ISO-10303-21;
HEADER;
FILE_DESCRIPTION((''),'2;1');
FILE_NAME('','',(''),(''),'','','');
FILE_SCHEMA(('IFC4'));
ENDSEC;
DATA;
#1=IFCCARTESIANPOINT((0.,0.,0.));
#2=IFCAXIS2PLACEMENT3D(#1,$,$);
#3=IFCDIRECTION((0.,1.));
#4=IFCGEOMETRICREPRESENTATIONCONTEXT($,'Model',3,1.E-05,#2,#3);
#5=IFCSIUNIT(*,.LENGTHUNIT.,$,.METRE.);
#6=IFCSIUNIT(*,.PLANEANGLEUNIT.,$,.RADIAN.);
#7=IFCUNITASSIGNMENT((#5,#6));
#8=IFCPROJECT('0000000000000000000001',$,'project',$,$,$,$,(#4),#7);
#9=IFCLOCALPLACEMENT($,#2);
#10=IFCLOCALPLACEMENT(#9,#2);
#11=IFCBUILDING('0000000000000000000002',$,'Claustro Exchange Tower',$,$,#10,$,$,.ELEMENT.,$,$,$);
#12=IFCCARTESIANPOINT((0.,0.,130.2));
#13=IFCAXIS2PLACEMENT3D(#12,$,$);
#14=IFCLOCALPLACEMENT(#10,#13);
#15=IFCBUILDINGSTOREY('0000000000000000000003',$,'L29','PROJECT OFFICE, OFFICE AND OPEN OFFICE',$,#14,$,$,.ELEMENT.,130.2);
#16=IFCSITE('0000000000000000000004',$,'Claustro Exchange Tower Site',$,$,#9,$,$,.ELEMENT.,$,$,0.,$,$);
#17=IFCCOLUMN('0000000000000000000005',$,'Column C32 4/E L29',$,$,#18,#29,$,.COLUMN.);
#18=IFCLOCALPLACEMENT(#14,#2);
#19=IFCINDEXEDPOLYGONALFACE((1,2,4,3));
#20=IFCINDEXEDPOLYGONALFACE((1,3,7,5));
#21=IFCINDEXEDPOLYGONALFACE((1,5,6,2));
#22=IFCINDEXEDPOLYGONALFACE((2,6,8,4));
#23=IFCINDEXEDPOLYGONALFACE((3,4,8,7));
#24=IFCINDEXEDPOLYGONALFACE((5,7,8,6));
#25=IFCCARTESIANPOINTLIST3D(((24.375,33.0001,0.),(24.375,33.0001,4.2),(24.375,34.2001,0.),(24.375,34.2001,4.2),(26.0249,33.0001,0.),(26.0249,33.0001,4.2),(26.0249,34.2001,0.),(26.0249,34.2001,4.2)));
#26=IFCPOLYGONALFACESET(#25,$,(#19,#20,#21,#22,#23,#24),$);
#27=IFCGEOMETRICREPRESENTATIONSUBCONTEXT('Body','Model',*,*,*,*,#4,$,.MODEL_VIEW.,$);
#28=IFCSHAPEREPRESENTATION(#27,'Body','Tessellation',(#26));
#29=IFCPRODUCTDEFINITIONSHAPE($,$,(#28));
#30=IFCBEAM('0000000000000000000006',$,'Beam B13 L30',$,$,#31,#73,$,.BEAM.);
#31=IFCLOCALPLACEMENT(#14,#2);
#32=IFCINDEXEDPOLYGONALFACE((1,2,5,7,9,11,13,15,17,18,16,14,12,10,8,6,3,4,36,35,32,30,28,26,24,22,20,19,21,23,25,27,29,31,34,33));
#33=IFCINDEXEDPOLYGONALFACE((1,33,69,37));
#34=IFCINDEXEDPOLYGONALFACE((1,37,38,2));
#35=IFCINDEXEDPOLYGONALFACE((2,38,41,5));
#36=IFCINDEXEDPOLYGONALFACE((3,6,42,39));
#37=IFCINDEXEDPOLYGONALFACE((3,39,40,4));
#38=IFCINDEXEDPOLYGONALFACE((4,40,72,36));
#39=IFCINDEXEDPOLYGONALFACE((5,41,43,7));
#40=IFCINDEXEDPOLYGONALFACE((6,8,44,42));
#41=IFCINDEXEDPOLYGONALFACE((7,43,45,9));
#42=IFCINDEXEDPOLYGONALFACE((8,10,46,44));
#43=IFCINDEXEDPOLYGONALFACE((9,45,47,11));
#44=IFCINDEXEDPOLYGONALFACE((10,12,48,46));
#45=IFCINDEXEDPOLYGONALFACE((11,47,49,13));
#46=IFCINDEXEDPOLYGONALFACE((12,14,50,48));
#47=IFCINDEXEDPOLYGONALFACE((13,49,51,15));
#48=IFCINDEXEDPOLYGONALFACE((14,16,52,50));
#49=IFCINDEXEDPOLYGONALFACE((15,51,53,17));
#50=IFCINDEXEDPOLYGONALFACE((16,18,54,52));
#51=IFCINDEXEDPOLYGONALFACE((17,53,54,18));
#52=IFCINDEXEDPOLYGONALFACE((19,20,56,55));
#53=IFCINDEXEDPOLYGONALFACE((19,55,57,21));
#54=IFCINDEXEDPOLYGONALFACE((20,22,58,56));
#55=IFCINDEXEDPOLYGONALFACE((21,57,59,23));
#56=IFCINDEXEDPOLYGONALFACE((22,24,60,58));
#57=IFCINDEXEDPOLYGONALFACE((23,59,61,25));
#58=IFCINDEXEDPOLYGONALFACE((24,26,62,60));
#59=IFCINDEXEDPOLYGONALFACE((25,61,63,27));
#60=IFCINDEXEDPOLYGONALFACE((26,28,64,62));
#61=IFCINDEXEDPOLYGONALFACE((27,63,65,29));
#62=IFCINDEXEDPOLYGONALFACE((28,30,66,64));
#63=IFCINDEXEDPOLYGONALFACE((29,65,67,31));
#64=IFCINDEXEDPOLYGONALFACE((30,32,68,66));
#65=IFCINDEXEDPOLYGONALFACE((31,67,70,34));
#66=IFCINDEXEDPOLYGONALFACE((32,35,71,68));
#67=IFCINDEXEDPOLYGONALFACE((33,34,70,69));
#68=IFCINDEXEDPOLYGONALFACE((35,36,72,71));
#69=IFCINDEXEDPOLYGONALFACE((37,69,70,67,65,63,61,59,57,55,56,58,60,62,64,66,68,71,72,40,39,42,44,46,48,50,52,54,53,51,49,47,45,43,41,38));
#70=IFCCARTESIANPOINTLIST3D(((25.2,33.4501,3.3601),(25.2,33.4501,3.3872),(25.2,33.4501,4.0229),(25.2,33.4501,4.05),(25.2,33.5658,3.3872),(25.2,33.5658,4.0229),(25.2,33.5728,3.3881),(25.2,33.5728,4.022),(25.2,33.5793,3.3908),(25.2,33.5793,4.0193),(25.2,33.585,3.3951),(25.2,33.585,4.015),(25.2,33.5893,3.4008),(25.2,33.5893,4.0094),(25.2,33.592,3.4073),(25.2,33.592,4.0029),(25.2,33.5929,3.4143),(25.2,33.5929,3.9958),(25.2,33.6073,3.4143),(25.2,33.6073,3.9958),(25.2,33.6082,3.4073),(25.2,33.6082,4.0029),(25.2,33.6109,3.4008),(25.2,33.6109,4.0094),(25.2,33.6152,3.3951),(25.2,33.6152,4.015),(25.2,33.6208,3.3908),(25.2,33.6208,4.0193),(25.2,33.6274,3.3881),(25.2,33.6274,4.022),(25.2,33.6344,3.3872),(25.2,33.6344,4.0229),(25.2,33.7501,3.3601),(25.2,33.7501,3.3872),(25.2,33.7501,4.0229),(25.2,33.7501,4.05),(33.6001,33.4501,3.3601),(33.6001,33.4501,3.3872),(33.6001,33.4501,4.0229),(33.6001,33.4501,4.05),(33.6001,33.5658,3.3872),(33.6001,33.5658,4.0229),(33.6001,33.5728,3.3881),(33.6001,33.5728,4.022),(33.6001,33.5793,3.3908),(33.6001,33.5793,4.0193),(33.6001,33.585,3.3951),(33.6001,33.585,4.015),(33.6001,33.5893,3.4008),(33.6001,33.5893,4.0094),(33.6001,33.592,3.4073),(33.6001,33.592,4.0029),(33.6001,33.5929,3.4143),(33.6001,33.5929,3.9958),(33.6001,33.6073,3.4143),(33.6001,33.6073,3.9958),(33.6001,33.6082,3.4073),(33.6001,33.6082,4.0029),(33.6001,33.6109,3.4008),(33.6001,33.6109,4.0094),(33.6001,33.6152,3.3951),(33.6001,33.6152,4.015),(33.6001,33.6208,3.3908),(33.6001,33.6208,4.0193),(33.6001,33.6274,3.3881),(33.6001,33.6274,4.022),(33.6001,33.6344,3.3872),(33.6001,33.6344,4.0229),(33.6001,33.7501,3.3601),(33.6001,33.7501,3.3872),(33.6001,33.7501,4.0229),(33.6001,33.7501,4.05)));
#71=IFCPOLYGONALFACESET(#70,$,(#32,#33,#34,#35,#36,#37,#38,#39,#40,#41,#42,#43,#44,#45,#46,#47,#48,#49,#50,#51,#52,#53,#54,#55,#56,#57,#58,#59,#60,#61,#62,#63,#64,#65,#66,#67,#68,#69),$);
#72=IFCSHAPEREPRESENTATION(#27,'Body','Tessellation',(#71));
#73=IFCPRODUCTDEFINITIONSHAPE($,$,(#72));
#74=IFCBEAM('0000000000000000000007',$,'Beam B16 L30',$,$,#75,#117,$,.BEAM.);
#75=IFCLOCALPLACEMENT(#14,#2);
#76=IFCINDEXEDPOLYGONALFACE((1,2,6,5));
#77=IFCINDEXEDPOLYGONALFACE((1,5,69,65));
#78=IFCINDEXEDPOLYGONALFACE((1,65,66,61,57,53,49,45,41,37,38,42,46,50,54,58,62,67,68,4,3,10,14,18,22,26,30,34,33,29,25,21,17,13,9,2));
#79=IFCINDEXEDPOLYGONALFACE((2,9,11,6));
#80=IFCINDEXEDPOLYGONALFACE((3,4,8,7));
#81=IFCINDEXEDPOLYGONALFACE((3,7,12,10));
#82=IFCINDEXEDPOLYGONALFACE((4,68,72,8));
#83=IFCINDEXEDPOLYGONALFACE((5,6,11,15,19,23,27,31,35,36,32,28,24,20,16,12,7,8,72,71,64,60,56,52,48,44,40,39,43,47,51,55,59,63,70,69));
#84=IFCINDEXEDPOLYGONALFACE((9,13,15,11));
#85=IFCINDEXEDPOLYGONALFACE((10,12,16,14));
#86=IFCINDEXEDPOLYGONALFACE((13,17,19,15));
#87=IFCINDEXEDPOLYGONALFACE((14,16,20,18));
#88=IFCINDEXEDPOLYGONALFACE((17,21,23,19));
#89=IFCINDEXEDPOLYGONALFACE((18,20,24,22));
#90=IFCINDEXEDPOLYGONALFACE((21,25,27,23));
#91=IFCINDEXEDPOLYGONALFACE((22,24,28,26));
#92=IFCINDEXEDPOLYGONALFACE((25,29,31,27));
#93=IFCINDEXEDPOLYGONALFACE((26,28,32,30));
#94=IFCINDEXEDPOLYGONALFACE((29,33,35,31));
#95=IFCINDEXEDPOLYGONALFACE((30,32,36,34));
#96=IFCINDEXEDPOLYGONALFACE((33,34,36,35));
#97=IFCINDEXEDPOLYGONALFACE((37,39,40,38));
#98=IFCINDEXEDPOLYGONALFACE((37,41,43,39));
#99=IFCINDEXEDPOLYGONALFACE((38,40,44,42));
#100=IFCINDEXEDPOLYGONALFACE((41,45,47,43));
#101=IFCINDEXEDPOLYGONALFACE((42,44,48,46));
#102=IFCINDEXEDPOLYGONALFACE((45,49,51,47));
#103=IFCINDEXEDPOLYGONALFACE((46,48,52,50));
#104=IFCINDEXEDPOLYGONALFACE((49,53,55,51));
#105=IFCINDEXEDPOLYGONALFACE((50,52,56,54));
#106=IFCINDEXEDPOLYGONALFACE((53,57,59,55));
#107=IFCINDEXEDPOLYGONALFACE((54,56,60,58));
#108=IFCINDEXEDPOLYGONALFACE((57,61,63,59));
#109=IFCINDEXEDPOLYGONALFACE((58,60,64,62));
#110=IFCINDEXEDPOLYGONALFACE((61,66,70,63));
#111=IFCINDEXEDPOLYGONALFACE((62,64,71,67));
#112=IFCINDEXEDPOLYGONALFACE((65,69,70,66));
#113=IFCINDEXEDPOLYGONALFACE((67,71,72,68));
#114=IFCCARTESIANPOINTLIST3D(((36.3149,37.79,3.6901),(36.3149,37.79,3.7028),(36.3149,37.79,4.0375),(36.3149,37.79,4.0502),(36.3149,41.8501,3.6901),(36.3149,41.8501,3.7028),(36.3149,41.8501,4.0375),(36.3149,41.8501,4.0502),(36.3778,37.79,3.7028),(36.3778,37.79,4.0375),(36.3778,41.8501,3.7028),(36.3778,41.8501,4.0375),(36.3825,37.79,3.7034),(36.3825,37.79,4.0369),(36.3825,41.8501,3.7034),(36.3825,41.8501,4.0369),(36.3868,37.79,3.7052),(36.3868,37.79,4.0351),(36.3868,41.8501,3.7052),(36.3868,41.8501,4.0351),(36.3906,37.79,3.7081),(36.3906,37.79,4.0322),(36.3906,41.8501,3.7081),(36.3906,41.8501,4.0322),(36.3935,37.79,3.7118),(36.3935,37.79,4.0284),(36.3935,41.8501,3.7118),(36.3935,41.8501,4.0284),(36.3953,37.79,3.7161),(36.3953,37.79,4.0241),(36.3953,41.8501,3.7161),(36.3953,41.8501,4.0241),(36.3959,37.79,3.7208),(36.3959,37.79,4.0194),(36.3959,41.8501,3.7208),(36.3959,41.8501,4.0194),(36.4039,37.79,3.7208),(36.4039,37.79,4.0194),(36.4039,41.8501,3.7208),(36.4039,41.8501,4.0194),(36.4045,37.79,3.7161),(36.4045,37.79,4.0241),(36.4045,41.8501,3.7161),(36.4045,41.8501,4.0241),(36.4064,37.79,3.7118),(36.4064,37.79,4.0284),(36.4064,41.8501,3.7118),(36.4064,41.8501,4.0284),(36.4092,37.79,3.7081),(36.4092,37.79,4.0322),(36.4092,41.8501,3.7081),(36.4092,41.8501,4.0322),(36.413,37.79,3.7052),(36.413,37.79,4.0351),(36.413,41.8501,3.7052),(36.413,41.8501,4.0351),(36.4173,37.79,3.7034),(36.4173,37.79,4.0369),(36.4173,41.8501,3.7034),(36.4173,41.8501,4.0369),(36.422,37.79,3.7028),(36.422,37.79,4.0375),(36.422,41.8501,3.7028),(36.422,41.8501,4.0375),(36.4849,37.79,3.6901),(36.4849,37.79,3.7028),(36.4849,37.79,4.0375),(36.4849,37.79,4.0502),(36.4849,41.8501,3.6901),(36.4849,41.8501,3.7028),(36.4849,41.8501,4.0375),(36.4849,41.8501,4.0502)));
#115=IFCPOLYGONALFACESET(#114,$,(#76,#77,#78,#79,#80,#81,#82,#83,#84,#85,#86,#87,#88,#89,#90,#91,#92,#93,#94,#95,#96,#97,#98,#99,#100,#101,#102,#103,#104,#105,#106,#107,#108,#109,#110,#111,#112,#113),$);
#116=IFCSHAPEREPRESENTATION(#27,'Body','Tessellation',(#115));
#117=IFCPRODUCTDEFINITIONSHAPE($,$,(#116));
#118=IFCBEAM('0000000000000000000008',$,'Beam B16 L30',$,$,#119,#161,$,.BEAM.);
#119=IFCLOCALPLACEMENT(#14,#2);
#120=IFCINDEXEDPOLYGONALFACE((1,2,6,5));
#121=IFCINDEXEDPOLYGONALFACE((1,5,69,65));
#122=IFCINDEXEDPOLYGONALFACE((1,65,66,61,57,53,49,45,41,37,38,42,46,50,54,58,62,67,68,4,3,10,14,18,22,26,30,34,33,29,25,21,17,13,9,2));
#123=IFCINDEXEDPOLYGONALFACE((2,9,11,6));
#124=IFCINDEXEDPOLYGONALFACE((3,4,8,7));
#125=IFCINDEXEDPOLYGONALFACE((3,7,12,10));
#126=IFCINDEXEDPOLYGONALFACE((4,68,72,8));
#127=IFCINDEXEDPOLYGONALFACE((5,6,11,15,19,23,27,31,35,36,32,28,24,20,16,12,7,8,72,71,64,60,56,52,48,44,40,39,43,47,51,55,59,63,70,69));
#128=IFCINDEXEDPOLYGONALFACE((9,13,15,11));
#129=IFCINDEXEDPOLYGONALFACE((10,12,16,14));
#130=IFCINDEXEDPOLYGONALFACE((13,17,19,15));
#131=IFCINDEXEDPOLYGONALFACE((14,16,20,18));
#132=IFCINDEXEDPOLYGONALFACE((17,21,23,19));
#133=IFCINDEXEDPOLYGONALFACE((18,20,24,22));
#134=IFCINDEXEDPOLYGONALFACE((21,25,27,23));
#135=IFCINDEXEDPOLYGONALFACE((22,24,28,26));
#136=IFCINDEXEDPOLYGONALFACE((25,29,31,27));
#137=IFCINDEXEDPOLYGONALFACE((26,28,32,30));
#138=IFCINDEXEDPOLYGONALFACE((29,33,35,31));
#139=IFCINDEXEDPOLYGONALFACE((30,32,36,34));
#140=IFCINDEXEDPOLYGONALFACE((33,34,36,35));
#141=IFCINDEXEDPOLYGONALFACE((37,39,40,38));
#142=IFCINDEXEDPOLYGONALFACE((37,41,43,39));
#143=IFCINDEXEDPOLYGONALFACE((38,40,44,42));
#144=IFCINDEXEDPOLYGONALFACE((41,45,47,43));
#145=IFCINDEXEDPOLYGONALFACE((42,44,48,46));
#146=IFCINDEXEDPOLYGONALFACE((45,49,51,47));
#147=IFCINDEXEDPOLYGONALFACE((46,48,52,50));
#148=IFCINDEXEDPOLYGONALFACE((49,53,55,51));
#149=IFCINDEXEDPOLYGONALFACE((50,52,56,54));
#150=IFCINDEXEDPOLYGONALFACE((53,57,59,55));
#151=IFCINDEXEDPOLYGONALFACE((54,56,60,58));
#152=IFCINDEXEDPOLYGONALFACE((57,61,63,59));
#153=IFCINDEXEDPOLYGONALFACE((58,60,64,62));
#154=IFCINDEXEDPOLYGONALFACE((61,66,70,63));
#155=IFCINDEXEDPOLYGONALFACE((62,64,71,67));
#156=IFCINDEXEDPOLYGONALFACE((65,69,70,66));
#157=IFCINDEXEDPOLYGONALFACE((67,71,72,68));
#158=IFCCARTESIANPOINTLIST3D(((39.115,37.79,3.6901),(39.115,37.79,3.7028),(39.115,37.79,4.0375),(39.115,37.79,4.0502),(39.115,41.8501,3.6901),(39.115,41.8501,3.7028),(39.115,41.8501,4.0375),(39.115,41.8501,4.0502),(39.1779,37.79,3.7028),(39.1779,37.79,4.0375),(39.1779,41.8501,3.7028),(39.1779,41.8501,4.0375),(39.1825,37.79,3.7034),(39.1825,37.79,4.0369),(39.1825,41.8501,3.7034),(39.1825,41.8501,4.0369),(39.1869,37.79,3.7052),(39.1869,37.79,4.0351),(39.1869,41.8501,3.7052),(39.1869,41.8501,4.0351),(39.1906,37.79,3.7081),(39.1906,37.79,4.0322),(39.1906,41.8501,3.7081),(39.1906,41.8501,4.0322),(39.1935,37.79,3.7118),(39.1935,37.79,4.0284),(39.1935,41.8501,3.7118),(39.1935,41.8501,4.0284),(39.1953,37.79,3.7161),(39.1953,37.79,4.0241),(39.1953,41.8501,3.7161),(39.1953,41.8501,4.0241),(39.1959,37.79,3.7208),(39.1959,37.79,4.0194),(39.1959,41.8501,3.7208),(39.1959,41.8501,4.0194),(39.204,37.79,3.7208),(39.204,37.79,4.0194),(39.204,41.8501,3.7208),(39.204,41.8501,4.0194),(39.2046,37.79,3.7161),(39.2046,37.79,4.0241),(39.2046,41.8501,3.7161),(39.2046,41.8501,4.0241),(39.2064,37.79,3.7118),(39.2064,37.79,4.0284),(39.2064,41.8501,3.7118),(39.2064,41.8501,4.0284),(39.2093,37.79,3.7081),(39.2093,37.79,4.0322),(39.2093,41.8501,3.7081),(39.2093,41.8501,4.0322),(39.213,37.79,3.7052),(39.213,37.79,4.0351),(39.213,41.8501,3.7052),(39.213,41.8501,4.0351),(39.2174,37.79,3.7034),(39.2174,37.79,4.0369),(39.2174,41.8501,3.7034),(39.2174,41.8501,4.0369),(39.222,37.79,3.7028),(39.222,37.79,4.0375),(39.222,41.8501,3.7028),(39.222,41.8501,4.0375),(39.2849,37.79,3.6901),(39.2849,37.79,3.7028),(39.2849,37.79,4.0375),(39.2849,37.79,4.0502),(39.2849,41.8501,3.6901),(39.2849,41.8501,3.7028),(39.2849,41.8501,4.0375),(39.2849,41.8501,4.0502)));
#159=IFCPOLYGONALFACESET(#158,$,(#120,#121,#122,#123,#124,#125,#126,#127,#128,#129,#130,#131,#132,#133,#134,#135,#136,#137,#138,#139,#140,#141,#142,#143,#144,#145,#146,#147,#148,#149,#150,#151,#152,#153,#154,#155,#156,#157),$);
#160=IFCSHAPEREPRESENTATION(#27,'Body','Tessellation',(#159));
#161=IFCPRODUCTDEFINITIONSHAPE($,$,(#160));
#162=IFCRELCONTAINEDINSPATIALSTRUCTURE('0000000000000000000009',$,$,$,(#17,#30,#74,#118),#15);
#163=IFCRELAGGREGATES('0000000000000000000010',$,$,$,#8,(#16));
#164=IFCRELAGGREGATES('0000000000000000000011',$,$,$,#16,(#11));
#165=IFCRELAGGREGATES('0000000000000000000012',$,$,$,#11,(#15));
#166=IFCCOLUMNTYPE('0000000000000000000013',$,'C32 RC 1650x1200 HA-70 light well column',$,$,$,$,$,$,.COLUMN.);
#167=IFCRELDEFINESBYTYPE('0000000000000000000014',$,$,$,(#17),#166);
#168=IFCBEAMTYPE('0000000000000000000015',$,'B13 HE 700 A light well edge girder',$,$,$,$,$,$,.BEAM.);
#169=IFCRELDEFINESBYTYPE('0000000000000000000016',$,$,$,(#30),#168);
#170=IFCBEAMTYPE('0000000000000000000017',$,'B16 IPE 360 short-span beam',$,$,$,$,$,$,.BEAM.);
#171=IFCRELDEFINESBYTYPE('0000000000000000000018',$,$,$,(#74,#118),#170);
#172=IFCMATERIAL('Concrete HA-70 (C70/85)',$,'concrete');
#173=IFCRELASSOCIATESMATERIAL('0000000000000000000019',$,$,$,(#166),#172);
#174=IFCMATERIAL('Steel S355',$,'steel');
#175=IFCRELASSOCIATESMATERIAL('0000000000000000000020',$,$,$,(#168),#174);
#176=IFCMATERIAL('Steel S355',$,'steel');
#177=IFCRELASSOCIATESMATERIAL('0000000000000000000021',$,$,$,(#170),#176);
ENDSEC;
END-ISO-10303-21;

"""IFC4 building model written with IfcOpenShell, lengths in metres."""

from ifc_helpers import new_model, si_unit, direction, frame, origin, origin_2d, place, context, subcontext, project, spatial, rectangle, i_section, extrude, material, material_profile, profile_set, type_object, element, save


model = new_model("IFC4")

# Units and contexts
model_context = context("Model", 3, precision=1e-05, world=origin(), true_north=direction((0.0, 1.0)))
body_context = subcontext(model_context, "Body", "Model", "MODEL_VIEW")
ifc_project = project(units=[si_unit("LENGTHUNIT", "METRE"), si_unit("PLANEANGLEUNIT", "RADIAN")], contexts=[model_context])

# Site, building, storey
site_placement = place(None, origin())
site = spatial("IfcSite", under=ifc_project, at=site_placement, Name="Claustro Exchange Tower Site", CompositionType="ELEMENT", RefElevation=0.0)
building_placement = place(site_placement, origin())
building = spatial("IfcBuilding", under=site, at=building_placement, Name="Claustro Exchange Tower", CompositionType="ELEMENT")
storey_placement = place(building_placement, frame((0.0, 0.0, 130.2)))
storey = spatial("IfcBuildingStorey", under=building, at=storey_placement, Name="L29", Description="PROJECT OFFICE, OFFICE AND OPEN OFFICE", CompositionType="ELEMENT", Elevation=130.2)

# Column
ifc_material_1 = material(Name="Concrete HA-70 (C70/85)", Category="concrete")
ifc_material_profile_1 = material_profile(ifc_material_1, rectangle(XDim=1.6499, YDim=1.2, at=origin_2d()), Name="RC 1650x1200")
ifc_profile_set_1 = profile_set([ifc_material_profile_1], Name="Concrete HA-70 (C70/85)")
column_type = type_object("IfcColumnType", Name="C32 RC 1650x1200 HA-70 light well column", PredefinedType="COLUMN", material=ifc_profile_set_1)
column_placement = place(storey_placement, frame((25.2, 33.6001, 0.0), z_axis=(0.0, 0.0, 1.0), x_axis=(1.0, 0.0, 0.0)))
element("IfcColumn", 1, at=column_placement, inside=storey, type_object=column_type, Name="Column C32 4/E L29", PredefinedType="COLUMN", context=body_context, shape_type="SweptSolid", body=[
    extrude(rectangle(XDim=1.6499, YDim=1.2, at=origin_2d()), origin(), (0.0, 0.0, 1.0), 4.2),
])

# Beams
ifc_material_2 = material(Name="Steel S355", Category="steel")
ifc_material_profile_2 = material_profile(ifc_material_2, i_section(OverallWidth=0.3, OverallDepth=0.6899, WebThickness=0.0144, FlangeThickness=0.0271, FilletRadius=0.0271, at=origin_2d()), Name="HE 700 A")
ifc_profile_set_2 = profile_set([ifc_material_profile_2], Name="Steel S355")
beam_type_1 = type_object("IfcBeamType", Name="B13 HE 700 A light well edge girder", PredefinedType="BEAM", material=ifc_profile_set_2)
beam_1_placement = place(storey_placement, frame((25.2, 33.6001, 3.7051), z_axis=(1.0, 0.0, 0.0), x_axis=(0.0, 1.0, 0.0)))
element("IfcBeam", 2, at=beam_1_placement, inside=storey, type_object=beam_type_1, Name="Beam B13 L30", PredefinedType="BEAM", context=body_context, shape_type="SweptSolid", body=[
    extrude(i_section(OverallWidth=0.3, OverallDepth=0.6899, WebThickness=0.0144, FlangeThickness=0.0271, FilletRadius=0.0271, at=origin_2d()), origin(), (0.0, 0.0, 1.0), 8.4001),
])
ifc_material_3 = material(Name="Steel S355", Category="steel")
ifc_material_profile_3 = material_profile(ifc_material_3, i_section(OverallWidth=0.1699, OverallDepth=0.3601, WebThickness=0.0081, FlangeThickness=0.0127, FilletRadius=0.0181, at=origin_2d()), Name="IPE 360")
ifc_profile_set_3 = profile_set([ifc_material_profile_3], Name="Steel S355")
beam_type_2 = type_object("IfcBeamType", Name="B16 IPE 360 short-span beam", PredefinedType="BEAM", material=ifc_profile_set_3)
for number, where, z_axis, x_axis, name in (
    (3, (36.3999, 37.79, 3.8701), (0.0, 1.0, 0.0), (-1.0, 0.0, 0.0), "Beam B16 L30"),
    (4, (39.2, 37.79, 3.8701), (0.0, 1.0, 0.0), (-1.0, 0.0, 0.0), "Beam B16 L30"),
):
    element("IfcBeam", number, at=place(storey_placement, frame(where, z_axis=z_axis, x_axis=x_axis)), inside=storey, type_object=beam_type_2, Name=name, PredefinedType="BEAM", context=body_context, shape_type="SweptSolid", body=[
        extrude(i_section(OverallWidth=0.1699, OverallDepth=0.3601, WebThickness=0.0081, FlangeThickness=0.0127, FilletRadius=0.0181, at=origin_2d()), origin(), (0.0, 0.0, 1.0), 4.0601),
    ])

save(model, "model.ifc")
